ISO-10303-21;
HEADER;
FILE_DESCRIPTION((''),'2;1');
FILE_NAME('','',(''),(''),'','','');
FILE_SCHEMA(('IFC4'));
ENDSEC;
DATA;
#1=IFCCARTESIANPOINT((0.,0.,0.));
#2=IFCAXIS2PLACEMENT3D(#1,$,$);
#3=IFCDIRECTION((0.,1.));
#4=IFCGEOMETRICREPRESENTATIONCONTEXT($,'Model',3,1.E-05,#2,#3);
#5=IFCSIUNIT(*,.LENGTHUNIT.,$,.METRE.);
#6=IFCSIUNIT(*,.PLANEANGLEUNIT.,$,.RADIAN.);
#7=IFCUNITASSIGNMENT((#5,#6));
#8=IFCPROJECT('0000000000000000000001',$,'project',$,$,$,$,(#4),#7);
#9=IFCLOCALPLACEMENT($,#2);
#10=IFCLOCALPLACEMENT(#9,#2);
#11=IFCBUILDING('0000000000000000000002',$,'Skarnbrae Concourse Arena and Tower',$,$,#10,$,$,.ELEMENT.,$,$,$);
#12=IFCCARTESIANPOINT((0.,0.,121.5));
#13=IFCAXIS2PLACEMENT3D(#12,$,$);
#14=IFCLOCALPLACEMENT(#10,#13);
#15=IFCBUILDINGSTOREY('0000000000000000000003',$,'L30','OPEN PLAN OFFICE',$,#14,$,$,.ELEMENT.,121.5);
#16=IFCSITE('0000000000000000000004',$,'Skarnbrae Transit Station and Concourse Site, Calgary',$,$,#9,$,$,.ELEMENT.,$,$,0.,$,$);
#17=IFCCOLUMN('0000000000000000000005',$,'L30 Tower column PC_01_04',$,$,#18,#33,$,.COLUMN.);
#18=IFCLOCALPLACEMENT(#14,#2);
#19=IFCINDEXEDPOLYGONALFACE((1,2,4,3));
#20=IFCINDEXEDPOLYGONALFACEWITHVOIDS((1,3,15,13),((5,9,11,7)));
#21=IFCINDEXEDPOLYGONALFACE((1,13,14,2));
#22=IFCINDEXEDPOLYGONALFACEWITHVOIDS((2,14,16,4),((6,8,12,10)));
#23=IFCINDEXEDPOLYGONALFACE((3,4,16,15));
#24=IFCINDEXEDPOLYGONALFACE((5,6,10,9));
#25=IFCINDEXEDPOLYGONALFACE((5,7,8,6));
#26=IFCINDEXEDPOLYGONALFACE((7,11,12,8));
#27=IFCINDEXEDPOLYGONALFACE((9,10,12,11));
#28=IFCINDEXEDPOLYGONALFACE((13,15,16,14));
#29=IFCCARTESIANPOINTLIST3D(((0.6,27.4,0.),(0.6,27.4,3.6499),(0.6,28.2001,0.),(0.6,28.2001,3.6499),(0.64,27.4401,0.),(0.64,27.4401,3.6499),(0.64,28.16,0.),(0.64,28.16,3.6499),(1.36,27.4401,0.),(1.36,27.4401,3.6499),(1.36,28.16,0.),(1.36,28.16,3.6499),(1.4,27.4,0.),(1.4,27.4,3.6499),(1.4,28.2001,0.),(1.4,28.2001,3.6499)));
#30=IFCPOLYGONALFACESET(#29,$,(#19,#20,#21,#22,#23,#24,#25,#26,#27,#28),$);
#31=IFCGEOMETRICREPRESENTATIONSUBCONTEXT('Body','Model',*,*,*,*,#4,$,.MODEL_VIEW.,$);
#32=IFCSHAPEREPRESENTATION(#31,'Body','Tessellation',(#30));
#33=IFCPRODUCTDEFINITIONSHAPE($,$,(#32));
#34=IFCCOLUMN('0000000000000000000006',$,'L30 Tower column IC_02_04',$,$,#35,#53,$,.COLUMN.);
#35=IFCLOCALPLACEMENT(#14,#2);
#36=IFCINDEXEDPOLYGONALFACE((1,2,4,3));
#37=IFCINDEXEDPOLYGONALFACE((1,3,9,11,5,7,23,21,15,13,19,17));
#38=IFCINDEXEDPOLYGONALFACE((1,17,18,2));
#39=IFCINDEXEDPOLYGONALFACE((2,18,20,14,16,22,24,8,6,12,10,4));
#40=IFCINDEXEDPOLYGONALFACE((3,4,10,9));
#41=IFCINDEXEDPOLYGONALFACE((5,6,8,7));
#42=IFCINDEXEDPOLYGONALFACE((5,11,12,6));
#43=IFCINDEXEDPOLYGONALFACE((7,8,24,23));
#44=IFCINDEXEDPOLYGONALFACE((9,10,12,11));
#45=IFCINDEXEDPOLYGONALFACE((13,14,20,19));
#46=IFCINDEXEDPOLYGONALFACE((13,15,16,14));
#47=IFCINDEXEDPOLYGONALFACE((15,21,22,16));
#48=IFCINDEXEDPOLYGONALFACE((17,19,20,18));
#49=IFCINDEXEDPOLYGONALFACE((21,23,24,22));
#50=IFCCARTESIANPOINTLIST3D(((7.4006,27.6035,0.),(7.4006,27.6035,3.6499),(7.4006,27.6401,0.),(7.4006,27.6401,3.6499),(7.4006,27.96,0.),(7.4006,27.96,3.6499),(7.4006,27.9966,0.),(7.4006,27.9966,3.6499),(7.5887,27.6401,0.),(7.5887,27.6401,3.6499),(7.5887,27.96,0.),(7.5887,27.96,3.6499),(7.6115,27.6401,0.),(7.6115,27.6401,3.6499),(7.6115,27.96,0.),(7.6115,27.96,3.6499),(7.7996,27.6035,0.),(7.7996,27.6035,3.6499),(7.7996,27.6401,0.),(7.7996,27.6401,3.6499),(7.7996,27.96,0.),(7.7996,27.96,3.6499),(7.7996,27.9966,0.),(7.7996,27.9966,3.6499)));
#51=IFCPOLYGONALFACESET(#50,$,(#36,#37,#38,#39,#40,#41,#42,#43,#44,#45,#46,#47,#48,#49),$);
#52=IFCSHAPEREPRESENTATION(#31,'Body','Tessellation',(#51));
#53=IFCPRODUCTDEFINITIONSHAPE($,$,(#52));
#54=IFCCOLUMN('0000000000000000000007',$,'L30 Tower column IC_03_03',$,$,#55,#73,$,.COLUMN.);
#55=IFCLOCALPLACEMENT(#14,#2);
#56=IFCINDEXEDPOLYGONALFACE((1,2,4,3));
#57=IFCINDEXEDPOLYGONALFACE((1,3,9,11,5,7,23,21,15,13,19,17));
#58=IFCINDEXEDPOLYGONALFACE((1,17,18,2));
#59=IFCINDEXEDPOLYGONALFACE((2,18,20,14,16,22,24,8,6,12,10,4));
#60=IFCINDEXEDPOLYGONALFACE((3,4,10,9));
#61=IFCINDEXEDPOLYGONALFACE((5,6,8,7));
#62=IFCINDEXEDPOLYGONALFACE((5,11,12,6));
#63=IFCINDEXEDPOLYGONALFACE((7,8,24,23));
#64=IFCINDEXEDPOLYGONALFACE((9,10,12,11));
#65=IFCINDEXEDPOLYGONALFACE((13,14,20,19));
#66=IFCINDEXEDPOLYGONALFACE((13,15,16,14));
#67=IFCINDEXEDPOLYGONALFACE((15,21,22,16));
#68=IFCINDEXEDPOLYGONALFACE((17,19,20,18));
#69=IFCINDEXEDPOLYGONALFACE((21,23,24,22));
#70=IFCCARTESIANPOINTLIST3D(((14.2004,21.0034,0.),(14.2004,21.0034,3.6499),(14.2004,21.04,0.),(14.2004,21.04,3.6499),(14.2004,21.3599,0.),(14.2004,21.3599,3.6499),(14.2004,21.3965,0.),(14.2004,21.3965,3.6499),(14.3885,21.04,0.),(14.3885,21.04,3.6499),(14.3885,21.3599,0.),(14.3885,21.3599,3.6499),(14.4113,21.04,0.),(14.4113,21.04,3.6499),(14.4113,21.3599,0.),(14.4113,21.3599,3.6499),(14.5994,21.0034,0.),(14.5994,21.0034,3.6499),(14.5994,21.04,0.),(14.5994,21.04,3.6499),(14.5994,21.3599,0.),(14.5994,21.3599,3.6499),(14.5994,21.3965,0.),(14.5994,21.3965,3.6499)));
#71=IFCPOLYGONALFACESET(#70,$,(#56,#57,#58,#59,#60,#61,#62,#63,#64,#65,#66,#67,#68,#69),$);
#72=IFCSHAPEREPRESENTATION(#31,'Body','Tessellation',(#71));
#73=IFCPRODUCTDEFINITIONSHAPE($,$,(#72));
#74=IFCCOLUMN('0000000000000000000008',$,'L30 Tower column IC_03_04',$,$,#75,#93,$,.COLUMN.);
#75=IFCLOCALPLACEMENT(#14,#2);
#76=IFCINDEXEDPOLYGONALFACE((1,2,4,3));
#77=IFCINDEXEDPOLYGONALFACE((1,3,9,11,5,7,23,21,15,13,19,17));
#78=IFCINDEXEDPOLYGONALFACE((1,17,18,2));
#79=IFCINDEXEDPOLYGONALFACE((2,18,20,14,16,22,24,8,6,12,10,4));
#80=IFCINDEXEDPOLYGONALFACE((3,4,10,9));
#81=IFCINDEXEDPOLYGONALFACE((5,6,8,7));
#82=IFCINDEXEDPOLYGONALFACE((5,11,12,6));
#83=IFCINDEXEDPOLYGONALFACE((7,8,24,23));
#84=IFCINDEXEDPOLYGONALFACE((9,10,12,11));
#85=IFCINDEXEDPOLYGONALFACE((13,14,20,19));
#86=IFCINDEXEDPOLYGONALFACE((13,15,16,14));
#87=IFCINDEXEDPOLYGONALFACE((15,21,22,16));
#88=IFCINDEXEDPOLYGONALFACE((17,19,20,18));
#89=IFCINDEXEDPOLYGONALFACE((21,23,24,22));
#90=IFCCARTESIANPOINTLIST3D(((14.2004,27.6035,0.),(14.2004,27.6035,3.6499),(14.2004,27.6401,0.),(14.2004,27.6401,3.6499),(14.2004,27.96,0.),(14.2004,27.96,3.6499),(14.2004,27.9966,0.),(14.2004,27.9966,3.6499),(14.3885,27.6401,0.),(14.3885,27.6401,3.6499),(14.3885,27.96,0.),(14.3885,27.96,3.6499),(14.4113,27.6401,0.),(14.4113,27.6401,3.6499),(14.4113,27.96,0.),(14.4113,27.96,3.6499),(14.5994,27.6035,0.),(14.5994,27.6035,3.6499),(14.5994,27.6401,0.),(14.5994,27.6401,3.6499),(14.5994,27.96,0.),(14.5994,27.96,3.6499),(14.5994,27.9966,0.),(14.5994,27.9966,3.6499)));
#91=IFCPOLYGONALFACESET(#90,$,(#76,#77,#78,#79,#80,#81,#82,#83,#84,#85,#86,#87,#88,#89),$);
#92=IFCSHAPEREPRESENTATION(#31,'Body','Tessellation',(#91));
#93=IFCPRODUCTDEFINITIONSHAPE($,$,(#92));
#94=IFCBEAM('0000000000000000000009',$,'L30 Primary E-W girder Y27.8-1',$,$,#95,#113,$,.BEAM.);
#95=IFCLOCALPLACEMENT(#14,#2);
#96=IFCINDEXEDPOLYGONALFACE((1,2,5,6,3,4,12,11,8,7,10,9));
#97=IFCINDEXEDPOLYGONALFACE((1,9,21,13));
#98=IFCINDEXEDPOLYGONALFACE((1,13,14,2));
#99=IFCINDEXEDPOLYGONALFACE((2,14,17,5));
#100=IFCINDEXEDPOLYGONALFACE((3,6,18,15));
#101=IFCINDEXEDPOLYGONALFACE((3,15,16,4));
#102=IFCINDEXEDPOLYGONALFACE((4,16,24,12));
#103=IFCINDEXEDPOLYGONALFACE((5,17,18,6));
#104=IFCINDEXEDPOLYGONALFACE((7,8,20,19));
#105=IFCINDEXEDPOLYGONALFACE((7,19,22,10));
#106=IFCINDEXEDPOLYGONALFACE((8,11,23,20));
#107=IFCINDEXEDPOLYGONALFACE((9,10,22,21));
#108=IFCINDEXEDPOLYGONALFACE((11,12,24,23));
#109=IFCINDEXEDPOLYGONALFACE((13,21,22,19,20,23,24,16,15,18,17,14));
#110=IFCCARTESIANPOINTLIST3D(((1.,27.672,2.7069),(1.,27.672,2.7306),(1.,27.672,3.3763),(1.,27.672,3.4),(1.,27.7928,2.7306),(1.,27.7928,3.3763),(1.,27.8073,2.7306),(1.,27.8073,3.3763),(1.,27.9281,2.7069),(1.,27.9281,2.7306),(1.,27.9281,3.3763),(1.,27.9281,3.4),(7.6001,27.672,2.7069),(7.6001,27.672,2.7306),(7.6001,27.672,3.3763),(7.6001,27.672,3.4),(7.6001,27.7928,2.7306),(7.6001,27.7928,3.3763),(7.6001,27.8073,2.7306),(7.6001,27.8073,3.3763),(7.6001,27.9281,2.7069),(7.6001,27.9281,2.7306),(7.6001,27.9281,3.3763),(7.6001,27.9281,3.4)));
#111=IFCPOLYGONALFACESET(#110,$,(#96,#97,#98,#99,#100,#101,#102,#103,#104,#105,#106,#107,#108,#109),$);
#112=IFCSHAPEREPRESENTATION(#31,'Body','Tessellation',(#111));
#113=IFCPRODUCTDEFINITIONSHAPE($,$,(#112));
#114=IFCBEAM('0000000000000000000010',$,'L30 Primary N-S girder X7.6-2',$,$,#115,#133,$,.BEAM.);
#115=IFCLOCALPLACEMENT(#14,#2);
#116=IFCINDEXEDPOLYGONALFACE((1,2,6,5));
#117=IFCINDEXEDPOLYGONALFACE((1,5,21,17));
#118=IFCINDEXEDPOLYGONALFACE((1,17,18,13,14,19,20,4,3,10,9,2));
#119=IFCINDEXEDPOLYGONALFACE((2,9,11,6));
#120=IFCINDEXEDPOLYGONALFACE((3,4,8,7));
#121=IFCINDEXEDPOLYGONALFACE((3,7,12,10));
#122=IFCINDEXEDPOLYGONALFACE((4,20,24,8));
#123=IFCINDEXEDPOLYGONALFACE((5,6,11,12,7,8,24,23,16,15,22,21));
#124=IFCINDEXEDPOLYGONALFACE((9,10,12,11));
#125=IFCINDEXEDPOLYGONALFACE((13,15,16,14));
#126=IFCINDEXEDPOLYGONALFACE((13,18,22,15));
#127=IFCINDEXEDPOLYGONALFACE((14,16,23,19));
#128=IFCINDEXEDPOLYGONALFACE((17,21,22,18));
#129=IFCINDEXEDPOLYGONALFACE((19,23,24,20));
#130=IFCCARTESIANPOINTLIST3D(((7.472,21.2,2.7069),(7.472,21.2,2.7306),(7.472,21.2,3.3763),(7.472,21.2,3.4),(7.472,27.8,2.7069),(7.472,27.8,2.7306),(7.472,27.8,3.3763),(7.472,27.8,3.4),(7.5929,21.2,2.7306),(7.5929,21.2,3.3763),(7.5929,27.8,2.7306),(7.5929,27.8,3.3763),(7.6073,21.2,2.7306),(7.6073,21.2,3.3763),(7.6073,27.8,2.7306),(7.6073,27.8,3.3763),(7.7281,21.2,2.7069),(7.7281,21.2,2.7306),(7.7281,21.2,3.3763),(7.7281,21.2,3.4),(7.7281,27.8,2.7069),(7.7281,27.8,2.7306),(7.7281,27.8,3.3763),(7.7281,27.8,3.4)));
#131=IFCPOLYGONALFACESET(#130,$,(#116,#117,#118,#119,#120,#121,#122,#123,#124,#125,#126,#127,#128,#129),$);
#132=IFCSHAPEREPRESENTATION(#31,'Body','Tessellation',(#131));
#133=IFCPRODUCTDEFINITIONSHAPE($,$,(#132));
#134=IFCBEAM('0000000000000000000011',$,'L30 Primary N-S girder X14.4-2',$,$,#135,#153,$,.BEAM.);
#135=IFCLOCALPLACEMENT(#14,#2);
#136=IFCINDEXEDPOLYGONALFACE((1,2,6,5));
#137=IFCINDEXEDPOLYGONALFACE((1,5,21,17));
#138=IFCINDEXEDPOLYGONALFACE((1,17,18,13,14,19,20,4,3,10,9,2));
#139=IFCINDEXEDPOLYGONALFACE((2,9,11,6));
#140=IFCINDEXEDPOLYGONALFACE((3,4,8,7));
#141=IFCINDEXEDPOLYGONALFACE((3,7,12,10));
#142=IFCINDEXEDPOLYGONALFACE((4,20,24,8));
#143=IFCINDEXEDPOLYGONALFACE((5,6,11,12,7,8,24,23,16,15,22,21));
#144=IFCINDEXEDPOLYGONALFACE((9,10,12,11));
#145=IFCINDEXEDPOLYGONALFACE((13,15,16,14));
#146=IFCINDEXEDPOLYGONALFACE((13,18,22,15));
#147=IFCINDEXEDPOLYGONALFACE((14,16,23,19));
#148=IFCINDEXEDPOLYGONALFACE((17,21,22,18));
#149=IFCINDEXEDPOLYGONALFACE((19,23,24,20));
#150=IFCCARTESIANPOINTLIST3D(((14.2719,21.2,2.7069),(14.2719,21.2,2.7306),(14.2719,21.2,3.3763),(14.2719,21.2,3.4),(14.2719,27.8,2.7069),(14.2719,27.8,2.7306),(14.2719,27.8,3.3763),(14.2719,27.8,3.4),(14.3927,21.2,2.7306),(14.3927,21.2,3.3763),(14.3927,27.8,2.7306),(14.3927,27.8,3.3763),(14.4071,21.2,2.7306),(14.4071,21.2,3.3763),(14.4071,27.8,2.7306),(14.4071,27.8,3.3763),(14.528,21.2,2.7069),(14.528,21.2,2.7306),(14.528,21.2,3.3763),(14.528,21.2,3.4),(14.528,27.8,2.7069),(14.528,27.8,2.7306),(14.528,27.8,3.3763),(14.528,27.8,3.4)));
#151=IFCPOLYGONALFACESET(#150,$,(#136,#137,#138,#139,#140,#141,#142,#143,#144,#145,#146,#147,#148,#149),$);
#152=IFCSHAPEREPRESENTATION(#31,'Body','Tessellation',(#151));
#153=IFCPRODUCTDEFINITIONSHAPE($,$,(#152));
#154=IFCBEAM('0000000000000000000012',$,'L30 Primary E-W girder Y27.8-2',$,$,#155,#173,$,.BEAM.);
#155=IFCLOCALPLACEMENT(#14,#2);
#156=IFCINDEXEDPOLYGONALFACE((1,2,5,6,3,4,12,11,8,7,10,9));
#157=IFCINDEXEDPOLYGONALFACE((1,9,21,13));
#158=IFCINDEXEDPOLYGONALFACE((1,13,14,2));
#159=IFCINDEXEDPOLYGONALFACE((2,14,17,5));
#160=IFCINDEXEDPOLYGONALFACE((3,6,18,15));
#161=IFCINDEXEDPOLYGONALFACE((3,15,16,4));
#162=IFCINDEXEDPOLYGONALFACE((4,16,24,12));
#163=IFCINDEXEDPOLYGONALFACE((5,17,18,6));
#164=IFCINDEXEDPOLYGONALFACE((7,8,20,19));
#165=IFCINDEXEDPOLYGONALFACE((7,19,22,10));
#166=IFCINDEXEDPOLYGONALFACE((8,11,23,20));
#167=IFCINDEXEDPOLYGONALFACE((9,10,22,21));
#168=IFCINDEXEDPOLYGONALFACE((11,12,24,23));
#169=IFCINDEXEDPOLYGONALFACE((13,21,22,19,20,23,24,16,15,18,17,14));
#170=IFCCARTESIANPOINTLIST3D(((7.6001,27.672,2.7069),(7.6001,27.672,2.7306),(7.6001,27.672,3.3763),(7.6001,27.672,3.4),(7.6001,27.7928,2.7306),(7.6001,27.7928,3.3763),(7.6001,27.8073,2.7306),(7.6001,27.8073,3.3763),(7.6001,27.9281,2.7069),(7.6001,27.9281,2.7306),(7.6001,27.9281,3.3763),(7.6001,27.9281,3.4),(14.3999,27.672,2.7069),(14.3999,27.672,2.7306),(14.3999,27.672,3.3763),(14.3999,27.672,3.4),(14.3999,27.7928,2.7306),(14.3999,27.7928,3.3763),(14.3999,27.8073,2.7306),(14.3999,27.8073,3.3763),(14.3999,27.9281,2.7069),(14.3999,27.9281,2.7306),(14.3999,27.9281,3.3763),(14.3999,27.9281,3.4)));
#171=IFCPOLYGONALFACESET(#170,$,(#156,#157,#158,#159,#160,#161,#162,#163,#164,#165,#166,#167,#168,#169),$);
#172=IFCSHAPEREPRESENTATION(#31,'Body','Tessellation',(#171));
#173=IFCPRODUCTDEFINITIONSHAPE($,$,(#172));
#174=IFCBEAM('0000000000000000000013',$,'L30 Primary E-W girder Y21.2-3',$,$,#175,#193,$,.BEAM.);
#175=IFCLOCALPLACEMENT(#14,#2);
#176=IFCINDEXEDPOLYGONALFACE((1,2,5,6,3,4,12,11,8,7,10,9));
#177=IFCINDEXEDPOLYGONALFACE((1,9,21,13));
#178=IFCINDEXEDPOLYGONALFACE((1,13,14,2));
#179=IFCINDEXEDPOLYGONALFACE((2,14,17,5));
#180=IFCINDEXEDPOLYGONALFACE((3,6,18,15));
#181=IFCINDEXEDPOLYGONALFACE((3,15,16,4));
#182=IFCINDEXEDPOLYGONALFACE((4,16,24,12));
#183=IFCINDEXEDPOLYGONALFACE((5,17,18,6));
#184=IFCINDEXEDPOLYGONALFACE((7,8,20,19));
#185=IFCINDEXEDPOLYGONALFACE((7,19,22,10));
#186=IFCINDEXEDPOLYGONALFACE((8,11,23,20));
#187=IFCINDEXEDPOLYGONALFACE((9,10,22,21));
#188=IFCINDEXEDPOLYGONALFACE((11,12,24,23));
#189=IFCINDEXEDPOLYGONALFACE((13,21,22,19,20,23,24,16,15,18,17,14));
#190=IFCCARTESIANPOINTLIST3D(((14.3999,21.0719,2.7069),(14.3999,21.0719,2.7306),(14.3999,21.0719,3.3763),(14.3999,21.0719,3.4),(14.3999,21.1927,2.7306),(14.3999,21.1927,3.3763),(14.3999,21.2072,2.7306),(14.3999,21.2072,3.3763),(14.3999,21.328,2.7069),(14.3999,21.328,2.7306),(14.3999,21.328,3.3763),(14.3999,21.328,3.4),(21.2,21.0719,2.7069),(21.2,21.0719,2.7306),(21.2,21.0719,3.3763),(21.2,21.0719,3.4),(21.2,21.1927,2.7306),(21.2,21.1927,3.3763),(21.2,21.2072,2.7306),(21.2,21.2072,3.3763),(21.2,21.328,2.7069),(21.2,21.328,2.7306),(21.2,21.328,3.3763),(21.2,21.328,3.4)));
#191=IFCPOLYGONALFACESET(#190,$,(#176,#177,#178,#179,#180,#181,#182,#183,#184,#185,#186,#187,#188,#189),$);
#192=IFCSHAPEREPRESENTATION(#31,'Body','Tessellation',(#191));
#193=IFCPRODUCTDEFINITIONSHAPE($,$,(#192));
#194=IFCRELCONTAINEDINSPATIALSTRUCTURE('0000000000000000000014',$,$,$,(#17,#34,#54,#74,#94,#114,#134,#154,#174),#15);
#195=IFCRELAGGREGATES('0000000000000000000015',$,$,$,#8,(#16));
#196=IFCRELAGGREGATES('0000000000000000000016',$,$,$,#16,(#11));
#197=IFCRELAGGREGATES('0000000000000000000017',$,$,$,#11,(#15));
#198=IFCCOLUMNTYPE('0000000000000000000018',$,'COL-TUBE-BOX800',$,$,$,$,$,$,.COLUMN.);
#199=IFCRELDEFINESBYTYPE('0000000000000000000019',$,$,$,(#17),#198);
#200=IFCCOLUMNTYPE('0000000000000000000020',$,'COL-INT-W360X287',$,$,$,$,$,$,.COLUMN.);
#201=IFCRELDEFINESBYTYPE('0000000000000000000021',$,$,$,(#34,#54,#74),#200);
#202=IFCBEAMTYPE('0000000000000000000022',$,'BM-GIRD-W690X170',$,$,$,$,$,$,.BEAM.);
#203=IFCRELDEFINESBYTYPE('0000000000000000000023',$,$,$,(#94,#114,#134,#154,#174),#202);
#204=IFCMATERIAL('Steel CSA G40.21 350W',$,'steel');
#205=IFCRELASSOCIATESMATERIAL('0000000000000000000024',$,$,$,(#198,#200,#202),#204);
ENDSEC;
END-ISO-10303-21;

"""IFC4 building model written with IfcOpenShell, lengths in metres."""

from ifc_helpers import new_model, si_unit, direction, frame, origin, origin_2d, place, context, subcontext, project, spatial, hollow_rectangle, i_section, extrude, source, transform, mapped, material, material_profile, profile_set, type_object, element, save


model = new_model("IFC4")

# Units and contexts
model_context = context("Model", 3, precision=1e-05, world=origin(), true_north=direction((0.0, 1.0)))
body_context = subcontext(model_context, "Body", "Model", "MODEL_VIEW")
ifc_project = project(units=[si_unit("LENGTHUNIT", "METRE"), si_unit("PLANEANGLEUNIT", "RADIAN")], contexts=[model_context])

# Site, building, storey
site_placement = place(None, origin())
site = spatial("IfcSite", under=ifc_project, at=site_placement, Name="Skarnbrae Transit Station and Concourse Site, Calgary", CompositionType="ELEMENT", RefElevation=0.0)
building_placement = place(site_placement, origin())
building = spatial("IfcBuilding", under=site, at=building_placement, Name="Skarnbrae Concourse Arena and Tower", CompositionType="ELEMENT")
storey_placement = place(building_placement, frame((0.0, 0.0, 121.5)))
storey = spatial("IfcBuildingStorey", under=building, at=storey_placement, Name="L30", Description="OPEN PLAN OFFICE", CompositionType="ELEMENT", Elevation=121.5)

# Columns
ifc_material_1 = material(Name="Steel CSA G40.21 350W", Category="steel")
ifc_material_profile_1 = material_profile(ifc_material_1, hollow_rectangle(XDim=0.8, YDim=0.8, WallThickness=0.04, at=origin_2d()), Name="BOX800X800X40")
ifc_profile_set_1 = profile_set([ifc_material_profile_1], Name="Steel CSA G40.21 350W")
column_type_1 = type_object("IfcColumnType", Name="COL-TUBE-BOX800", PredefinedType="COLUMN", material=ifc_profile_set_1)
shared_shape_1 = source(origin(), body_context, "Body", "SweptSolid", [
    extrude(hollow_rectangle(XDim=0.8, YDim=0.8, WallThickness=0.04, at=origin_2d()), origin(), (0.0, 0.0, 1.0), 3.6499),
])
column_placement = place(storey_placement, frame((1.0, 27.8, 0.0), z_axis=(0.0, 0.0, 1.0), x_axis=(1.0, 0.0, 0.0)))
element("IfcColumn", 1, at=column_placement, inside=storey, type_object=column_type_1, Name="L30 Tower column PC_01_04", PredefinedType="COLUMN", context=body_context, shape_type="MappedRepresentation", body=[
    mapped(shared_shape_1, transform((0.0, 0.0, 0.0))),
])
ifc_material_profile_2 = material_profile(ifc_material_1, i_section(OverallWidth=0.3989, OverallDepth=0.3931, WebThickness=0.0227, FlangeThickness=0.0366, at=origin_2d()), Name="W360X287")
ifc_profile_set_2 = profile_set([ifc_material_profile_2], Name="Steel CSA G40.21 350W")
column_type_2 = type_object("IfcColumnType", Name="COL-INT-W360X287", PredefinedType="COLUMN", material=ifc_profile_set_2)
shared_shape_2 = source(origin(), body_context, "Body", "SweptSolid", [
    extrude(i_section(OverallWidth=0.3989, OverallDepth=0.3931, WebThickness=0.0227, FlangeThickness=0.0366, at=origin_2d()), origin(), (0.0, 0.0, 1.0), 3.6499),
])
for number, where, z_axis, x_axis, name in (
    (2, (7.6001, 27.8, 0.0), (0.0, 0.0, 1.0), (1.0, 0.0, 0.0), "L30 Tower column IC_02_04"),
    (3, (14.3999, 21.2, 0.0), (0.0, 0.0, 1.0), (1.0, 0.0, 0.0), "L30 Tower column IC_03_03"),
    (4, (14.3999, 27.8, 0.0), (0.0, 0.0, 1.0), (1.0, 0.0, 0.0), "L30 Tower column IC_03_04"),
):
    element("IfcColumn", number, at=place(storey_placement, frame(where, z_axis=z_axis, x_axis=x_axis)), inside=storey, type_object=column_type_2, Name=name, PredefinedType="COLUMN", context=body_context, shape_type="MappedRepresentation", body=[
        mapped(shared_shape_2, transform((0.0, 0.0, 0.0))),
    ])

# Beams
ifc_material_profile_3 = material_profile(ifc_material_1, i_section(OverallWidth=0.2561, OverallDepth=0.6931, WebThickness=0.0144, FlangeThickness=0.0237, at=origin_2d()), Name="W690X170")
ifc_profile_set_3 = profile_set([ifc_material_profile_3], Name="Steel CSA G40.21 350W")
beam_type_1 = type_object("IfcBeamType", Name="BM-GIRD-W690X170", PredefinedType="BEAM", material=ifc_profile_set_3)
shared_shape_3 = source(origin(), body_context, "Body", "SweptSolid", [
    extrude(i_section(OverallWidth=0.2561, OverallDepth=0.6931, WebThickness=0.0144, FlangeThickness=0.0237, at=origin_2d()), origin(), (0.0, 0.0, 1.0), 6.6001),
])
for number, where, z_axis, x_axis, name in (
    (5, (1.0, 27.8, 3.0535), (1.0, 0.0, 0.0), (0.0, 1.0, 0.0), "L30 Primary E-W girder Y27.8-1"),
    (6, (7.6001, 21.2, 3.0535), (0.0, 1.0, 0.0), (-1.0, 0.0, 0.0), "L30 Primary N-S girder X7.6-2"),
    (7, (14.3999, 21.2, 3.0535), (0.0, 1.0, 0.0), (-1.0, 0.0, 0.0), "L30 Primary N-S girder X14.4-2"),
):
    element("IfcBeam", number, at=place(storey_placement, frame(where, z_axis=z_axis, x_axis=x_axis)), inside=storey, type_object=beam_type_1, Name=name, PredefinedType="BEAM", context=body_context, shape_type="MappedRepresentation", body=[
        mapped(shared_shape_3, transform((0.0, 0.0, 0.0))),
    ])
shared_shape_4 = source(origin(), body_context, "Body", "SweptSolid", [
    extrude(i_section(OverallWidth=0.2561, OverallDepth=0.6931, WebThickness=0.0144, FlangeThickness=0.0237, at=origin_2d()), origin(), (0.0, 0.0, 1.0), 6.7998),
])
beam_placement = place(storey_placement, frame((7.6001, 27.8, 3.0535), z_axis=(1.0, 0.0, 0.0), x_axis=(0.0, 1.0, 0.0)))
element("IfcBeam", 8, at=beam_placement, inside=storey, type_object=beam_type_1, Name="L30 Primary E-W girder Y27.8-2", PredefinedType="BEAM", context=body_context, shape_type="MappedRepresentation", body=[
    mapped(shared_shape_4, transform((0.0, 0.0, 0.0))),
])
shared_shape_5 = source(origin(), body_context, "Body", "SweptSolid", [
    extrude(i_section(OverallWidth=0.2561, OverallDepth=0.6931, WebThickness=0.0144, FlangeThickness=0.0237, at=origin_2d()), origin(), (0.0, 0.0, 1.0), 6.8),
])
for number, where, z_axis, x_axis, name in (
    (9, (14.3999, 21.2, 3.0535), (1.0, 0.0, 0.0), (0.0, 1.0, 0.0), "L30 Primary E-W girder Y21.2-3"),
):
    element("IfcBeam", number, at=place(storey_placement, frame(where, z_axis=z_axis, x_axis=x_axis)), inside=storey, type_object=beam_type_1, Name=name, PredefinedType="BEAM", context=body_context, shape_type="MappedRepresentation", body=[
        mapped(shared_shape_5, transform((0.0, 0.0, 0.0))),
    ])

save(model, "model.ifc")
